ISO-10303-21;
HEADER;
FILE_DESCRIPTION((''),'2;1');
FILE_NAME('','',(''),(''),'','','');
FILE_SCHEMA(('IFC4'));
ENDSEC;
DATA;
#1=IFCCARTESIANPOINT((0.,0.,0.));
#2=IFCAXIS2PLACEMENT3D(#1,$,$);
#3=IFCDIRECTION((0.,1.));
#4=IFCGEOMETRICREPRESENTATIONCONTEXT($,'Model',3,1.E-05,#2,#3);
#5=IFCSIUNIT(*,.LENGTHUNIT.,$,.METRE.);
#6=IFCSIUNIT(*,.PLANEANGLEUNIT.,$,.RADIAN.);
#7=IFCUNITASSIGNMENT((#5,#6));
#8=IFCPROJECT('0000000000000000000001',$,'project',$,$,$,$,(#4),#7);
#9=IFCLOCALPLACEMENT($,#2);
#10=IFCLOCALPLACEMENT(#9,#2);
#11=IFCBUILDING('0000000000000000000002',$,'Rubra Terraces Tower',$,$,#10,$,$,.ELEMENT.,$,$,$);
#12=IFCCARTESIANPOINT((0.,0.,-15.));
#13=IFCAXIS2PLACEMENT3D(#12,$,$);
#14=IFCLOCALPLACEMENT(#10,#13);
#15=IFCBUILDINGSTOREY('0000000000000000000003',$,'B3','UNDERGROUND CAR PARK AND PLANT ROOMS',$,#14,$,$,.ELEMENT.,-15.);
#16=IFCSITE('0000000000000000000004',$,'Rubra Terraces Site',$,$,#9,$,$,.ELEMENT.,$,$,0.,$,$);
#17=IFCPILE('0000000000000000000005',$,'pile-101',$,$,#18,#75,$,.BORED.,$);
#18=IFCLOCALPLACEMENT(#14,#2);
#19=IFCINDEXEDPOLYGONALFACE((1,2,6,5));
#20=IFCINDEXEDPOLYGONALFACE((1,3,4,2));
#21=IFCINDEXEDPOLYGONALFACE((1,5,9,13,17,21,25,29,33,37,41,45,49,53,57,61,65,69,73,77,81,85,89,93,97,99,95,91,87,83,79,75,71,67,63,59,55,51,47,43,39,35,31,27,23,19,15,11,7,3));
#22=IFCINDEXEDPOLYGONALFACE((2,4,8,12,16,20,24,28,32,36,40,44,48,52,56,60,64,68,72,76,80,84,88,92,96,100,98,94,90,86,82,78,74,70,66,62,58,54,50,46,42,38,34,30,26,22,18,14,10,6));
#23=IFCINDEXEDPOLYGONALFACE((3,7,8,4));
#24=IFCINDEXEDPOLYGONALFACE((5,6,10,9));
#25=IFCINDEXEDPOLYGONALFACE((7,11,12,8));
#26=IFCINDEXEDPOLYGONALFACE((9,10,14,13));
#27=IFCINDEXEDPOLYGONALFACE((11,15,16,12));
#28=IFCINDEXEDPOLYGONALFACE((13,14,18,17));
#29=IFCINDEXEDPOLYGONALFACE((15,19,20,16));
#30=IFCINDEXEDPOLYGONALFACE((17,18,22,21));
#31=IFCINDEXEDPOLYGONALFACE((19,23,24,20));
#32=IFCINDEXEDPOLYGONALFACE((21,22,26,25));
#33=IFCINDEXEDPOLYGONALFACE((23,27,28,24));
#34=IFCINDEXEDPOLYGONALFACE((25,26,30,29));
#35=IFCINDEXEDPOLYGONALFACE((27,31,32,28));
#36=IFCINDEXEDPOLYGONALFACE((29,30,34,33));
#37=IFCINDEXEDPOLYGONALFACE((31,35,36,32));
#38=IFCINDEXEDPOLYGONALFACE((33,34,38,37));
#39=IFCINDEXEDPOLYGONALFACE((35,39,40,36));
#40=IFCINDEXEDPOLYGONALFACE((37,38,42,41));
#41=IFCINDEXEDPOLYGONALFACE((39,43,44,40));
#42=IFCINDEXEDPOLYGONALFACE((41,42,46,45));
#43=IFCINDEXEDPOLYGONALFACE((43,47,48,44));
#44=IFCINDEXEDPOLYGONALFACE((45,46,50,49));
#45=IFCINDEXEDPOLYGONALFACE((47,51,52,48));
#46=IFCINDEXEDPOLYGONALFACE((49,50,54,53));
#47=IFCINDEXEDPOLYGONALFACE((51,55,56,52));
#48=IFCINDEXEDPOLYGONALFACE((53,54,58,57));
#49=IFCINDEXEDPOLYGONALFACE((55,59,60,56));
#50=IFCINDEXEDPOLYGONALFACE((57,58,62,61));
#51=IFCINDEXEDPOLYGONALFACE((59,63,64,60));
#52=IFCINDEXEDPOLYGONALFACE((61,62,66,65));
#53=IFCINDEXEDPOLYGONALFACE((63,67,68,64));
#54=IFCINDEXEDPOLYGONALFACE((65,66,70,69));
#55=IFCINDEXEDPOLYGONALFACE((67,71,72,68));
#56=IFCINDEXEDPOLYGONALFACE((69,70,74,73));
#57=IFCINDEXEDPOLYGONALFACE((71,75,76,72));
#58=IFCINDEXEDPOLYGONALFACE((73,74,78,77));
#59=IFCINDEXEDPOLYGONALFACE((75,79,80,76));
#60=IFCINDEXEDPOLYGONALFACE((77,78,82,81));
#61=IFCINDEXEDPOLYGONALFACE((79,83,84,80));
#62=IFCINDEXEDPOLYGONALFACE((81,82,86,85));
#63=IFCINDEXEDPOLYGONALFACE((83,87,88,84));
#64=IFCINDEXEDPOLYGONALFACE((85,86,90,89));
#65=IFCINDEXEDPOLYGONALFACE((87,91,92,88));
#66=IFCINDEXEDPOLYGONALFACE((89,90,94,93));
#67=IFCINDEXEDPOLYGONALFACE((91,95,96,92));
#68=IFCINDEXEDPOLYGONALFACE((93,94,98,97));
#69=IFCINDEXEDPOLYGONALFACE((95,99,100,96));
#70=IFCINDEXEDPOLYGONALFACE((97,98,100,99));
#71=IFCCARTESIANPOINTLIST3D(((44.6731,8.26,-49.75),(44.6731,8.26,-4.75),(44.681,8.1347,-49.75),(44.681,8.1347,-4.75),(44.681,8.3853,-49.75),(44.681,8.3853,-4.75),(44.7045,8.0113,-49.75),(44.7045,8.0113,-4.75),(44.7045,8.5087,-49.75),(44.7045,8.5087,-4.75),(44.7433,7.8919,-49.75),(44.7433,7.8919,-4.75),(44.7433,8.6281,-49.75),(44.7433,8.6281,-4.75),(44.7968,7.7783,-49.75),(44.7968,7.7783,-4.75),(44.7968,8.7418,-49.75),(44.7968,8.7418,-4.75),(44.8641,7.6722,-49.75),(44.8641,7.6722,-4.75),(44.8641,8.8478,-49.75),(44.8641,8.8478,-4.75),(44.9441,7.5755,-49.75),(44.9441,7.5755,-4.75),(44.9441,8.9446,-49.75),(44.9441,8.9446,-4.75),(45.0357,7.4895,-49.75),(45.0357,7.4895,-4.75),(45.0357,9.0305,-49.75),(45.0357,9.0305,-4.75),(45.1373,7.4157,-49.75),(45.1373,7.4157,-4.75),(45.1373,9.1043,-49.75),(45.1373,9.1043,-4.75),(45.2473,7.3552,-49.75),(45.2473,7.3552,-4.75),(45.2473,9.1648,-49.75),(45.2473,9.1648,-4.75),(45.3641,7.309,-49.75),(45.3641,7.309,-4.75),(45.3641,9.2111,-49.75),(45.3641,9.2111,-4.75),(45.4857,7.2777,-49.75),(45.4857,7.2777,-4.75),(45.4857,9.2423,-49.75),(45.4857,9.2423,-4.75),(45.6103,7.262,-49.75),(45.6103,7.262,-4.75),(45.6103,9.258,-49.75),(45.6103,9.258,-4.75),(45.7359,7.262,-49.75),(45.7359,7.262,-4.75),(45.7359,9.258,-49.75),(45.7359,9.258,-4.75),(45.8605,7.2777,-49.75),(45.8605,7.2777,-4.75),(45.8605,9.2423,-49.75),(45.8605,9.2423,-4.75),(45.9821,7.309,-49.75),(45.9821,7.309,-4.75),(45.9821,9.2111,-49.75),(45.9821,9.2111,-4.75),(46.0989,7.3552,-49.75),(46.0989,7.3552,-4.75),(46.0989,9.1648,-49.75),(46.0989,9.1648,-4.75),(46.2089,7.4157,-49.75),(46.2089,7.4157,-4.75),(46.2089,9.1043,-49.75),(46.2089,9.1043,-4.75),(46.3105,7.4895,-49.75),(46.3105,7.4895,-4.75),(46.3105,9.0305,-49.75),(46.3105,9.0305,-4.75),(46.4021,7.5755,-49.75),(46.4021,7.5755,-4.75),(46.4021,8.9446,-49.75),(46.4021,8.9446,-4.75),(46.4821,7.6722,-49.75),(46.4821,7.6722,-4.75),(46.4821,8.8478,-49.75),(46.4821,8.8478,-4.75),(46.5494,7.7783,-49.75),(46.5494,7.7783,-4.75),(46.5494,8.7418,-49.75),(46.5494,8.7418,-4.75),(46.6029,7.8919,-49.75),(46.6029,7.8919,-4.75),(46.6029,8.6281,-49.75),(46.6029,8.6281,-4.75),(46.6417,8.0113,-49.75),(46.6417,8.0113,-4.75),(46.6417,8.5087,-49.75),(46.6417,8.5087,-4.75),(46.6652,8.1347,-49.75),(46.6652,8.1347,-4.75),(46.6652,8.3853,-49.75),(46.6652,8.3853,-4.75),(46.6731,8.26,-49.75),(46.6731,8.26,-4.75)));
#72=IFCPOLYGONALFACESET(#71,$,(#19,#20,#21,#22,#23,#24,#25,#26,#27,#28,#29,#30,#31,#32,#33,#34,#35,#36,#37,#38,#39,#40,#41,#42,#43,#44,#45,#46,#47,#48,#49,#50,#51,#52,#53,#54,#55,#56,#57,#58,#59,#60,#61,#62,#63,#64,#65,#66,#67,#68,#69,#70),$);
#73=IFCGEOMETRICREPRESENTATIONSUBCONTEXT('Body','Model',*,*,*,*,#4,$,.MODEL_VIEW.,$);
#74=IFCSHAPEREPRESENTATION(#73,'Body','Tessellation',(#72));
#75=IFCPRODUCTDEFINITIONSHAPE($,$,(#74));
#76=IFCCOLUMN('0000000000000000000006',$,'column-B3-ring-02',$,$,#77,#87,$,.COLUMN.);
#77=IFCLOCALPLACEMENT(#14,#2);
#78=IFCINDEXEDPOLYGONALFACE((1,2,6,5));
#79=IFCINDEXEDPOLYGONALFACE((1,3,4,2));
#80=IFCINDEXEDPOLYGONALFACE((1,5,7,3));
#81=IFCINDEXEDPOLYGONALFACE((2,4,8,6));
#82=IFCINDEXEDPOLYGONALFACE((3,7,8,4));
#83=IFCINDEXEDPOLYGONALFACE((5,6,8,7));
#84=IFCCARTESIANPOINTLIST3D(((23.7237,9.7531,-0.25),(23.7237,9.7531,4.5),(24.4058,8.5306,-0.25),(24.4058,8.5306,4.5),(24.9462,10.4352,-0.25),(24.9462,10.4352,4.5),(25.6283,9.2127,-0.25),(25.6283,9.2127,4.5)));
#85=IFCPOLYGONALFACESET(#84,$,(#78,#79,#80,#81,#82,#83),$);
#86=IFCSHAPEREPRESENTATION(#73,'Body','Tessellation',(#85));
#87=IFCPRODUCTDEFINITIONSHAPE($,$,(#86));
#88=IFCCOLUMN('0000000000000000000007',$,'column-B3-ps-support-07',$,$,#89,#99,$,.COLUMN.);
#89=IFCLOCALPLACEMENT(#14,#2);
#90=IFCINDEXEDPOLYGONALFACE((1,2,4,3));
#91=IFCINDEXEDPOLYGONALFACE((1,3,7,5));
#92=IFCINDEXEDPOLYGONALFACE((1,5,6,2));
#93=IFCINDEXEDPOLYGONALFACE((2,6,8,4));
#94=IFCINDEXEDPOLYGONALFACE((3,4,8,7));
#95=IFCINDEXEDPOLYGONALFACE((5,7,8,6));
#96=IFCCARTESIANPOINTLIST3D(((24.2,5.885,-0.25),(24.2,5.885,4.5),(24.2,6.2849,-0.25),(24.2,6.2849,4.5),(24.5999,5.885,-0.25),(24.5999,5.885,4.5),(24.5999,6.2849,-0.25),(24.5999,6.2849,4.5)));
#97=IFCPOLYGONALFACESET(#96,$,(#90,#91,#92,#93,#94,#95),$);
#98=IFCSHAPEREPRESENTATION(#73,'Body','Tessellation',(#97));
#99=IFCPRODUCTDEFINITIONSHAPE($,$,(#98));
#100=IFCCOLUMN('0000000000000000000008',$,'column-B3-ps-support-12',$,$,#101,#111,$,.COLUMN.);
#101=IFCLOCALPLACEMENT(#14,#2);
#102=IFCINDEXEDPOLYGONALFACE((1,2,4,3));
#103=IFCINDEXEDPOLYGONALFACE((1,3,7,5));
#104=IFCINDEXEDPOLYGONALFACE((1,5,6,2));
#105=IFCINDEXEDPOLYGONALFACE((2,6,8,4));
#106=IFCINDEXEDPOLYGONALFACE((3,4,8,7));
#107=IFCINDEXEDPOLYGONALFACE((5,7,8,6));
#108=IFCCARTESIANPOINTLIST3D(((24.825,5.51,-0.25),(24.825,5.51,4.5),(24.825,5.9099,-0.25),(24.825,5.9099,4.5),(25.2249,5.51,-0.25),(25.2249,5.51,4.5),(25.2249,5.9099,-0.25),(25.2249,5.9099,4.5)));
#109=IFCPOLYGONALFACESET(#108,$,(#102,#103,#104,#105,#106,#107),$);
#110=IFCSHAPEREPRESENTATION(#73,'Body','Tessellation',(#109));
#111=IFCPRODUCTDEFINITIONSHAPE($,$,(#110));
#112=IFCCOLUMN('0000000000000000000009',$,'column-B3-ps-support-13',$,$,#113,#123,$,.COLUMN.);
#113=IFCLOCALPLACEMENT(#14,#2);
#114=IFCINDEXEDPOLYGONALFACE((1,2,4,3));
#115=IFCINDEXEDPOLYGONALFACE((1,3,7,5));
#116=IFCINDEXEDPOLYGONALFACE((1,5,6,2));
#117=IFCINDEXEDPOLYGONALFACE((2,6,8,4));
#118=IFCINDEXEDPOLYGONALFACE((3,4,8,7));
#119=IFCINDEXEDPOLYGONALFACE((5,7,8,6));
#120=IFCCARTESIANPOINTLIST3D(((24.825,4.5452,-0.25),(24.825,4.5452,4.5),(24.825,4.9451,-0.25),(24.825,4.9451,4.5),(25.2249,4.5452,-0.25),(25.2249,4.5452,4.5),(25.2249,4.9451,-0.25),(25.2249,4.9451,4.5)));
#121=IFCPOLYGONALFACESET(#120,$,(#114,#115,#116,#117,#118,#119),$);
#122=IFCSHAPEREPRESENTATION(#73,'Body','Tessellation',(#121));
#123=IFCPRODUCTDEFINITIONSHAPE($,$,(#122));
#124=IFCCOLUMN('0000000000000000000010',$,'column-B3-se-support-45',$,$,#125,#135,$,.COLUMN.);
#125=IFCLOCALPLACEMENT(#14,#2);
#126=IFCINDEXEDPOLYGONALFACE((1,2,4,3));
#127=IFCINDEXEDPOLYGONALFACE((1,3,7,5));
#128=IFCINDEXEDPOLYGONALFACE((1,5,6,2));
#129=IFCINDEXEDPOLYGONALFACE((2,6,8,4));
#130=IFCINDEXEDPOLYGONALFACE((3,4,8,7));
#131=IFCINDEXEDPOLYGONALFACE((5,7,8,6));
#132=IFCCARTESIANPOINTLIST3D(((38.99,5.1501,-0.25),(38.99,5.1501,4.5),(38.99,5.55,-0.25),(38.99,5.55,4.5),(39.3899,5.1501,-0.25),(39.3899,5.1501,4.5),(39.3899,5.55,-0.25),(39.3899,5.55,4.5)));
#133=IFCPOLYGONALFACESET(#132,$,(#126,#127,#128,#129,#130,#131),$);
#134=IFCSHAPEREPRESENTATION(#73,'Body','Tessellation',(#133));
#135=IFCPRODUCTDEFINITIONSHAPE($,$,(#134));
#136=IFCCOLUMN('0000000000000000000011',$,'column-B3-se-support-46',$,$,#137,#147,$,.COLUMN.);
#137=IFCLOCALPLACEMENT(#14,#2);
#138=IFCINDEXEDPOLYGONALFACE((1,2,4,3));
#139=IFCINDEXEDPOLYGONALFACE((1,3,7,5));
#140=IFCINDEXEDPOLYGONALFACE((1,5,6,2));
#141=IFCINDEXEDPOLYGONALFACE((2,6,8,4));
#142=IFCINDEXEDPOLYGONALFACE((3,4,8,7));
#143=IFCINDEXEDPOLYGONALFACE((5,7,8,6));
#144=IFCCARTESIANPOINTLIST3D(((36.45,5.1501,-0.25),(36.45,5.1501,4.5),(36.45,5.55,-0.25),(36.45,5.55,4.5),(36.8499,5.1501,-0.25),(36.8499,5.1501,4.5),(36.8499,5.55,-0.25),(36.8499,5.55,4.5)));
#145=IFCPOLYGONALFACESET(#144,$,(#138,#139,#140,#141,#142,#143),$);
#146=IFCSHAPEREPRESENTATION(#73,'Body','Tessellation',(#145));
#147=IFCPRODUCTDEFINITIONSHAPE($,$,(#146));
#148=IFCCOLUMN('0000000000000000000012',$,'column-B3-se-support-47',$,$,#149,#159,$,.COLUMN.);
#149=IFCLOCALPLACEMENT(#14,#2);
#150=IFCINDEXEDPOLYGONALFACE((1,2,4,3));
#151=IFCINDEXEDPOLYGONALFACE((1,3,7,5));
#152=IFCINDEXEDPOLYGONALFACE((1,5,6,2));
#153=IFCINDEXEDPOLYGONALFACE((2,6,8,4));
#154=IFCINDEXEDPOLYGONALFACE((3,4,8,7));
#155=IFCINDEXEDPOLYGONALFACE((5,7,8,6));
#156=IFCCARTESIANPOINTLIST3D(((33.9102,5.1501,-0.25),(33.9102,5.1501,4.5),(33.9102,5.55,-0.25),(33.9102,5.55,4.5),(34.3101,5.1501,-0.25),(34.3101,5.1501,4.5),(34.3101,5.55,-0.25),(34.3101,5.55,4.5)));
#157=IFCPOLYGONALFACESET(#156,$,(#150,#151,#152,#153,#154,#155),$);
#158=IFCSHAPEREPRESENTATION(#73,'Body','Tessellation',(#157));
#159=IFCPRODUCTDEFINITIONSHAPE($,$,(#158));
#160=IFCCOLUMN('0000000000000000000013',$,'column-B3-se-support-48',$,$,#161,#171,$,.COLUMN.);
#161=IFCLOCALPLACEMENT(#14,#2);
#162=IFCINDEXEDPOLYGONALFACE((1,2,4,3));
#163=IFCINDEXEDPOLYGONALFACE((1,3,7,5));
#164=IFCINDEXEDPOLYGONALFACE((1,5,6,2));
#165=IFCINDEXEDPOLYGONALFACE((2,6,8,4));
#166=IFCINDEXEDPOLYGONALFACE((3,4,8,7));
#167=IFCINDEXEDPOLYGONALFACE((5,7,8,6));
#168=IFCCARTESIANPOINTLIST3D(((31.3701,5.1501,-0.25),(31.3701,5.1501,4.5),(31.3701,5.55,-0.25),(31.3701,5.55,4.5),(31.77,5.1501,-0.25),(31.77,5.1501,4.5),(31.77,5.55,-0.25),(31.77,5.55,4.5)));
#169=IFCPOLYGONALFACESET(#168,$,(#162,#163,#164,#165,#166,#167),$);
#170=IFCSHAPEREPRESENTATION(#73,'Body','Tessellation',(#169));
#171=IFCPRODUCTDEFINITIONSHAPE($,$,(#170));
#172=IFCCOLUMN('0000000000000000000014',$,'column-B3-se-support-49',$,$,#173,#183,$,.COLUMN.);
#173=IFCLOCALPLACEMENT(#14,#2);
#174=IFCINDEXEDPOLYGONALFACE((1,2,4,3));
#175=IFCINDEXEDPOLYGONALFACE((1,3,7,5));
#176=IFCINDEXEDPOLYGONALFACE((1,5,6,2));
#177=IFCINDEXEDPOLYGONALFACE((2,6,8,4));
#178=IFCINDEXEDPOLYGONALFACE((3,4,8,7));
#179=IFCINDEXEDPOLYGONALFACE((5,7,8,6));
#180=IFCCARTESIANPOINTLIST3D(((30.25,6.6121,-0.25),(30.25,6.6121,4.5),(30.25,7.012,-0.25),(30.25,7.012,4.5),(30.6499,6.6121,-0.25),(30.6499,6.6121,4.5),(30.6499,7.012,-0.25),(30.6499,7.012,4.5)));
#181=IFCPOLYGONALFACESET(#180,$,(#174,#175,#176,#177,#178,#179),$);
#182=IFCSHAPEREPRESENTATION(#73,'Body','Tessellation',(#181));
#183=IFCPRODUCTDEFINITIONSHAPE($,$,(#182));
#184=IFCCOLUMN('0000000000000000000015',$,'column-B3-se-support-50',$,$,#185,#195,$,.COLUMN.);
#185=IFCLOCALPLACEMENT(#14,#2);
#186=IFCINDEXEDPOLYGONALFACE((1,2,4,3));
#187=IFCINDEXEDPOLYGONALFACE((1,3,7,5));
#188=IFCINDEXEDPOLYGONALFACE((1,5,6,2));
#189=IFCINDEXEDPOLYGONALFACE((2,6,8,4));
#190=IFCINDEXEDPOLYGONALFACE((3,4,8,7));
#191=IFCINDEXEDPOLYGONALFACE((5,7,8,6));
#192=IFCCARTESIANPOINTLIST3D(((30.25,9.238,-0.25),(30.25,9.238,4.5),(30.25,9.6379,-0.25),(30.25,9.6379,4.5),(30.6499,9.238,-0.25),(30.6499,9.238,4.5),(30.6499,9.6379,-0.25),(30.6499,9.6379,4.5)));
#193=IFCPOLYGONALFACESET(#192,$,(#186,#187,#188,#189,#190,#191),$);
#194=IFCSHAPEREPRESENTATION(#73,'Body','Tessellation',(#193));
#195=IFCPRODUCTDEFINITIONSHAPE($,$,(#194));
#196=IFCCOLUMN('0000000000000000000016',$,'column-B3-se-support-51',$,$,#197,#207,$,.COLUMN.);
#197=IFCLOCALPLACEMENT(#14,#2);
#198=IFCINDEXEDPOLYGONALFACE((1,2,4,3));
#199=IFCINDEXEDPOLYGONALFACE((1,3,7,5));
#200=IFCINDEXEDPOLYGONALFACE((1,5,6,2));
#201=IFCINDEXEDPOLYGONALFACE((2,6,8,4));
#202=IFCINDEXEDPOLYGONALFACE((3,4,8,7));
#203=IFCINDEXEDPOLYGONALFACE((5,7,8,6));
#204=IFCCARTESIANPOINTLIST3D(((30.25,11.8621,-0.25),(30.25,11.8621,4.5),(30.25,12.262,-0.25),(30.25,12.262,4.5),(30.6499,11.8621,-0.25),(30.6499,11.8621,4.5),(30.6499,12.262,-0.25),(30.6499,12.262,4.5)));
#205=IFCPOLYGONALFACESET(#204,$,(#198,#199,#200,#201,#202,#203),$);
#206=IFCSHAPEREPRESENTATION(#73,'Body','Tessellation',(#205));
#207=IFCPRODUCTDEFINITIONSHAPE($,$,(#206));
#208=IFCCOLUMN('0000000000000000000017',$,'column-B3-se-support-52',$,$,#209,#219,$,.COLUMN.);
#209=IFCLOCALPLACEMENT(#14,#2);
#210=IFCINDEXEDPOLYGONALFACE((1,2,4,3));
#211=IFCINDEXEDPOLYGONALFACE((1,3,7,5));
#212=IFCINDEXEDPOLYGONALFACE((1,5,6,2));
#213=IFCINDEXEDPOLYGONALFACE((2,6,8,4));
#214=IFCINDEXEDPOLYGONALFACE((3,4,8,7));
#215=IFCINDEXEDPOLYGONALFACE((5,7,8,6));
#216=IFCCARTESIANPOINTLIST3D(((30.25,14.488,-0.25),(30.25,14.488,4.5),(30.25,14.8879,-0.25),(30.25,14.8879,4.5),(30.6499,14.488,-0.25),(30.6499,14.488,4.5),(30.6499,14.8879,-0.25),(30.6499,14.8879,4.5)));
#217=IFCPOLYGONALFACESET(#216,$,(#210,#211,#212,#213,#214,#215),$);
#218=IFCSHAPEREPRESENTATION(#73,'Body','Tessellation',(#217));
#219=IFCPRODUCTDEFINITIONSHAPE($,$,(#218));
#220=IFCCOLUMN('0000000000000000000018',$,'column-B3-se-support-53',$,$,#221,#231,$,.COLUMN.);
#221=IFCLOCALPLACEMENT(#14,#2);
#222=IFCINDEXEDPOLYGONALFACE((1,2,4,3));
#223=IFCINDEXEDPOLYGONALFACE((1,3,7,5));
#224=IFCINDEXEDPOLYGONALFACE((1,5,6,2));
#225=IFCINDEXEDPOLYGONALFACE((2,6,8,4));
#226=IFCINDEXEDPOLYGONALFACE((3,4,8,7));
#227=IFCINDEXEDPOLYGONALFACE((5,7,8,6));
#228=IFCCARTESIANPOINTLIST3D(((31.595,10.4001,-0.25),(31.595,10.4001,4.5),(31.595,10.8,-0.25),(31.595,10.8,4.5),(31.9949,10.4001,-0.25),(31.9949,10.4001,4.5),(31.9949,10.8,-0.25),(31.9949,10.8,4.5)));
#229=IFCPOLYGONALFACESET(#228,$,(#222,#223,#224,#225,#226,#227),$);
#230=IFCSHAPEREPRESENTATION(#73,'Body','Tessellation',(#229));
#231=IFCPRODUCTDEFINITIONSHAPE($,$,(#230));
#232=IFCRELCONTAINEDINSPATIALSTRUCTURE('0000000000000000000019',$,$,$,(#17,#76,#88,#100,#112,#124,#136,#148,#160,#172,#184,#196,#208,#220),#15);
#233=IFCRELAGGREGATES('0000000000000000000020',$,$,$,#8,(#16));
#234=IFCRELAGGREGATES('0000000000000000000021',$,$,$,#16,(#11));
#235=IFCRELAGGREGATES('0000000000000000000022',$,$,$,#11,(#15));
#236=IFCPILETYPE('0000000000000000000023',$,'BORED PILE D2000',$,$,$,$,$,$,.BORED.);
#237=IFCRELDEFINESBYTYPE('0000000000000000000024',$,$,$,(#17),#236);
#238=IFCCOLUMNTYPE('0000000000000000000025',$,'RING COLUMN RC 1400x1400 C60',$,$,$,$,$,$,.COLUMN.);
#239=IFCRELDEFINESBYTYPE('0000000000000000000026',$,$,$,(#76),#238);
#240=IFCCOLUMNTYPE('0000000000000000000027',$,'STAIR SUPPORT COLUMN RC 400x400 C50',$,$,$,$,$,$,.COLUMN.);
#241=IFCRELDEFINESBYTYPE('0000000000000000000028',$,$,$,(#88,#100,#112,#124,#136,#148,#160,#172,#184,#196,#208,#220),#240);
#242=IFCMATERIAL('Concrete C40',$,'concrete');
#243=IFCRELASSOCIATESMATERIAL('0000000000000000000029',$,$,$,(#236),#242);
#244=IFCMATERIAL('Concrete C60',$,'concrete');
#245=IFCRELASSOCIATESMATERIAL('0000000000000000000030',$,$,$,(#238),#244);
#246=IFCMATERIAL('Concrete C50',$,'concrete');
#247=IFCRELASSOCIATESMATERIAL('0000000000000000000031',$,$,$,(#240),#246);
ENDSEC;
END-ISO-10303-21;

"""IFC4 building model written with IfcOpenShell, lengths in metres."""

from ifc_helpers import new_model, si_unit, direction, frame, origin, origin_2d, place, context, subcontext, project, spatial, rectangle, circle, extrude, material, material_profile, profile_set, type_object, element, save


model = new_model("IFC4")

# Units and contexts
model_context = context("Model", 3, precision=1e-05, world=origin(), true_north=direction((0.0, 1.0)))
body_context = subcontext(model_context, "Body", "Model", "MODEL_VIEW")
ifc_project = project(units=[si_unit("LENGTHUNIT", "METRE"), si_unit("PLANEANGLEUNIT", "RADIAN")], contexts=[model_context])

# Site, building, storey
site_placement = place(None, origin())
site = spatial("IfcSite", under=ifc_project, at=site_placement, Name="Rubra Terraces Site", CompositionType="ELEMENT", RefElevation=0.0)
building_placement = place(site_placement, origin())
building = spatial("IfcBuilding", under=site, at=building_placement, Name="Rubra Terraces Tower", CompositionType="ELEMENT")
storey_placement = place(building_placement, frame((0.0, 0.0, -15.0)))
storey = spatial("IfcBuildingStorey", under=building, at=storey_placement, Name="B3", Description="UNDERGROUND CAR PARK AND PLANT ROOMS", CompositionType="ELEMENT", Elevation=-15.0)

# Pile
ifc_material_1 = material(Name="Concrete C40", Category="concrete")
ifc_material_profile_1 = material_profile(ifc_material_1, circle(Radius=1.0, at=origin_2d()), Name="BORED PILE D2000")
ifc_profile_set_1 = profile_set([ifc_material_profile_1], Name="Concrete C40")
pile_type = type_object("IfcPileType", Name="BORED PILE D2000", PredefinedType="BORED", material=ifc_profile_set_1)
for number, where, z_axis, x_axis, name in (
    (1, (45.6731, 8.26, -4.75), (0.0, 0.0, -1.0), (1.0, 0.0, 0.0), "pile-101"),
):
    element("IfcPile", number, at=place(storey_placement, frame(where, z_axis=z_axis, x_axis=x_axis)), inside=storey, type_object=pile_type, Name=name, PredefinedType="BORED", context=body_context, shape_type="SweptSolid", body=[
        extrude(circle(Radius=1.0, at=origin_2d()), origin(), (0.0, 0.0, 1.0), 45.0),
    ])

# Columns
ifc_material_2 = material(Name="Concrete C60", Category="concrete")
ifc_material_profile_2 = material_profile(ifc_material_2, rectangle(XDim=1.3999, YDim=1.3999, at=origin_2d()), Name="RC 1400x1400")
ifc_profile_set_2 = profile_set([ifc_material_profile_2], Name="Concrete C60")
column_type_1 = type_object("IfcColumnType", Name="RING COLUMN RC 1400x1400 C60", PredefinedType="COLUMN", material=ifc_profile_set_2)
column_1_placement = place(storey_placement, frame((24.676, 9.4829, -0.25), z_axis=(0.0, 0.0, 1.0), x_axis=(-0.487227, 0.873276, 0.0)))
element("IfcColumn", 2, at=column_1_placement, inside=storey, type_object=column_type_1, Name="column-B3-ring-02", PredefinedType="COLUMN", context=body_context, shape_type="SweptSolid", body=[
    extrude(rectangle(XDim=1.3999, YDim=1.3999, at=origin_2d()), origin(), (0.0, 0.0, 1.0), 4.75),
])
ifc_material_3 = material(Name="Concrete C50", Category="concrete")
ifc_material_profile_3 = material_profile(ifc_material_3, rectangle(XDim=0.3999, YDim=0.3999, at=origin_2d()), Name="RC 400x400")
ifc_profile_set_3 = profile_set([ifc_material_profile_3], Name="Concrete C50")
column_type_2 = type_object("IfcColumnType", Name="STAIR SUPPORT COLUMN RC 400x400 C50", PredefinedType="COLUMN", material=ifc_profile_set_3)
for number, where, z_axis, x_axis, name in (
    (3, (24.3999, 6.085, -0.25), (0.0, 0.0, 1.0), (1.0, 0.0, 0.0), "column-B3-ps-support-07"),
    (4, (25.0249, 5.71, -0.25), (0.0, 0.0, 1.0), (1.0, 0.0, 0.0), "column-B3-ps-support-12"),
    (5, (25.0249, 4.7451, -0.25), (0.0, 0.0, 1.0), (1.0, 0.0, 0.0), "column-B3-ps-support-13"),
    (6, (39.1899, 5.3501, -0.25), (0.0, 0.0, 1.0), (1.0, 0.0, 0.0), "column-B3-se-support-45"),
    (7, (36.6499, 5.3501, -0.25), (0.0, 0.0, 1.0), (1.0, 0.0, 0.0), "column-B3-se-support-46"),
    (8, (34.1101, 5.3501, -0.25), (0.0, 0.0, 1.0), (1.0, 0.0, 0.0), "column-B3-se-support-47"),
    (9, (31.5701, 5.3501, -0.25), (0.0, 0.0, 1.0), (1.0, 0.0, 0.0), "column-B3-se-support-48"),
    (10, (30.45, 6.812, -0.25), (0.0, 0.0, 1.0), (1.0, 0.0, 0.0), "column-B3-se-support-49"),
    (11, (30.45, 9.438, -0.25), (0.0, 0.0, 1.0), (1.0, 0.0, 0.0), "column-B3-se-support-50"),
    (12, (30.45, 12.062, -0.25), (0.0, 0.0, 1.0), (1.0, 0.0, 0.0), "column-B3-se-support-51"),
    (13, (30.45, 14.688, -0.25), (0.0, 0.0, 1.0), (1.0, 0.0, 0.0), "column-B3-se-support-52"),
    (14, (31.7949, 10.6001, -0.25), (0.0, 0.0, 1.0), (1.0, 0.0, 0.0), "column-B3-se-support-53"),
):
    element("IfcColumn", number, at=place(storey_placement, frame(where, z_axis=z_axis, x_axis=x_axis)), inside=storey, type_object=column_type_2, Name=name, PredefinedType="COLUMN", context=body_context, shape_type="SweptSolid", body=[
        extrude(rectangle(XDim=0.3999, YDim=0.3999, at=origin_2d()), origin(), (0.0, 0.0, 1.0), 4.75),
    ])

save(model, "model.ifc")
